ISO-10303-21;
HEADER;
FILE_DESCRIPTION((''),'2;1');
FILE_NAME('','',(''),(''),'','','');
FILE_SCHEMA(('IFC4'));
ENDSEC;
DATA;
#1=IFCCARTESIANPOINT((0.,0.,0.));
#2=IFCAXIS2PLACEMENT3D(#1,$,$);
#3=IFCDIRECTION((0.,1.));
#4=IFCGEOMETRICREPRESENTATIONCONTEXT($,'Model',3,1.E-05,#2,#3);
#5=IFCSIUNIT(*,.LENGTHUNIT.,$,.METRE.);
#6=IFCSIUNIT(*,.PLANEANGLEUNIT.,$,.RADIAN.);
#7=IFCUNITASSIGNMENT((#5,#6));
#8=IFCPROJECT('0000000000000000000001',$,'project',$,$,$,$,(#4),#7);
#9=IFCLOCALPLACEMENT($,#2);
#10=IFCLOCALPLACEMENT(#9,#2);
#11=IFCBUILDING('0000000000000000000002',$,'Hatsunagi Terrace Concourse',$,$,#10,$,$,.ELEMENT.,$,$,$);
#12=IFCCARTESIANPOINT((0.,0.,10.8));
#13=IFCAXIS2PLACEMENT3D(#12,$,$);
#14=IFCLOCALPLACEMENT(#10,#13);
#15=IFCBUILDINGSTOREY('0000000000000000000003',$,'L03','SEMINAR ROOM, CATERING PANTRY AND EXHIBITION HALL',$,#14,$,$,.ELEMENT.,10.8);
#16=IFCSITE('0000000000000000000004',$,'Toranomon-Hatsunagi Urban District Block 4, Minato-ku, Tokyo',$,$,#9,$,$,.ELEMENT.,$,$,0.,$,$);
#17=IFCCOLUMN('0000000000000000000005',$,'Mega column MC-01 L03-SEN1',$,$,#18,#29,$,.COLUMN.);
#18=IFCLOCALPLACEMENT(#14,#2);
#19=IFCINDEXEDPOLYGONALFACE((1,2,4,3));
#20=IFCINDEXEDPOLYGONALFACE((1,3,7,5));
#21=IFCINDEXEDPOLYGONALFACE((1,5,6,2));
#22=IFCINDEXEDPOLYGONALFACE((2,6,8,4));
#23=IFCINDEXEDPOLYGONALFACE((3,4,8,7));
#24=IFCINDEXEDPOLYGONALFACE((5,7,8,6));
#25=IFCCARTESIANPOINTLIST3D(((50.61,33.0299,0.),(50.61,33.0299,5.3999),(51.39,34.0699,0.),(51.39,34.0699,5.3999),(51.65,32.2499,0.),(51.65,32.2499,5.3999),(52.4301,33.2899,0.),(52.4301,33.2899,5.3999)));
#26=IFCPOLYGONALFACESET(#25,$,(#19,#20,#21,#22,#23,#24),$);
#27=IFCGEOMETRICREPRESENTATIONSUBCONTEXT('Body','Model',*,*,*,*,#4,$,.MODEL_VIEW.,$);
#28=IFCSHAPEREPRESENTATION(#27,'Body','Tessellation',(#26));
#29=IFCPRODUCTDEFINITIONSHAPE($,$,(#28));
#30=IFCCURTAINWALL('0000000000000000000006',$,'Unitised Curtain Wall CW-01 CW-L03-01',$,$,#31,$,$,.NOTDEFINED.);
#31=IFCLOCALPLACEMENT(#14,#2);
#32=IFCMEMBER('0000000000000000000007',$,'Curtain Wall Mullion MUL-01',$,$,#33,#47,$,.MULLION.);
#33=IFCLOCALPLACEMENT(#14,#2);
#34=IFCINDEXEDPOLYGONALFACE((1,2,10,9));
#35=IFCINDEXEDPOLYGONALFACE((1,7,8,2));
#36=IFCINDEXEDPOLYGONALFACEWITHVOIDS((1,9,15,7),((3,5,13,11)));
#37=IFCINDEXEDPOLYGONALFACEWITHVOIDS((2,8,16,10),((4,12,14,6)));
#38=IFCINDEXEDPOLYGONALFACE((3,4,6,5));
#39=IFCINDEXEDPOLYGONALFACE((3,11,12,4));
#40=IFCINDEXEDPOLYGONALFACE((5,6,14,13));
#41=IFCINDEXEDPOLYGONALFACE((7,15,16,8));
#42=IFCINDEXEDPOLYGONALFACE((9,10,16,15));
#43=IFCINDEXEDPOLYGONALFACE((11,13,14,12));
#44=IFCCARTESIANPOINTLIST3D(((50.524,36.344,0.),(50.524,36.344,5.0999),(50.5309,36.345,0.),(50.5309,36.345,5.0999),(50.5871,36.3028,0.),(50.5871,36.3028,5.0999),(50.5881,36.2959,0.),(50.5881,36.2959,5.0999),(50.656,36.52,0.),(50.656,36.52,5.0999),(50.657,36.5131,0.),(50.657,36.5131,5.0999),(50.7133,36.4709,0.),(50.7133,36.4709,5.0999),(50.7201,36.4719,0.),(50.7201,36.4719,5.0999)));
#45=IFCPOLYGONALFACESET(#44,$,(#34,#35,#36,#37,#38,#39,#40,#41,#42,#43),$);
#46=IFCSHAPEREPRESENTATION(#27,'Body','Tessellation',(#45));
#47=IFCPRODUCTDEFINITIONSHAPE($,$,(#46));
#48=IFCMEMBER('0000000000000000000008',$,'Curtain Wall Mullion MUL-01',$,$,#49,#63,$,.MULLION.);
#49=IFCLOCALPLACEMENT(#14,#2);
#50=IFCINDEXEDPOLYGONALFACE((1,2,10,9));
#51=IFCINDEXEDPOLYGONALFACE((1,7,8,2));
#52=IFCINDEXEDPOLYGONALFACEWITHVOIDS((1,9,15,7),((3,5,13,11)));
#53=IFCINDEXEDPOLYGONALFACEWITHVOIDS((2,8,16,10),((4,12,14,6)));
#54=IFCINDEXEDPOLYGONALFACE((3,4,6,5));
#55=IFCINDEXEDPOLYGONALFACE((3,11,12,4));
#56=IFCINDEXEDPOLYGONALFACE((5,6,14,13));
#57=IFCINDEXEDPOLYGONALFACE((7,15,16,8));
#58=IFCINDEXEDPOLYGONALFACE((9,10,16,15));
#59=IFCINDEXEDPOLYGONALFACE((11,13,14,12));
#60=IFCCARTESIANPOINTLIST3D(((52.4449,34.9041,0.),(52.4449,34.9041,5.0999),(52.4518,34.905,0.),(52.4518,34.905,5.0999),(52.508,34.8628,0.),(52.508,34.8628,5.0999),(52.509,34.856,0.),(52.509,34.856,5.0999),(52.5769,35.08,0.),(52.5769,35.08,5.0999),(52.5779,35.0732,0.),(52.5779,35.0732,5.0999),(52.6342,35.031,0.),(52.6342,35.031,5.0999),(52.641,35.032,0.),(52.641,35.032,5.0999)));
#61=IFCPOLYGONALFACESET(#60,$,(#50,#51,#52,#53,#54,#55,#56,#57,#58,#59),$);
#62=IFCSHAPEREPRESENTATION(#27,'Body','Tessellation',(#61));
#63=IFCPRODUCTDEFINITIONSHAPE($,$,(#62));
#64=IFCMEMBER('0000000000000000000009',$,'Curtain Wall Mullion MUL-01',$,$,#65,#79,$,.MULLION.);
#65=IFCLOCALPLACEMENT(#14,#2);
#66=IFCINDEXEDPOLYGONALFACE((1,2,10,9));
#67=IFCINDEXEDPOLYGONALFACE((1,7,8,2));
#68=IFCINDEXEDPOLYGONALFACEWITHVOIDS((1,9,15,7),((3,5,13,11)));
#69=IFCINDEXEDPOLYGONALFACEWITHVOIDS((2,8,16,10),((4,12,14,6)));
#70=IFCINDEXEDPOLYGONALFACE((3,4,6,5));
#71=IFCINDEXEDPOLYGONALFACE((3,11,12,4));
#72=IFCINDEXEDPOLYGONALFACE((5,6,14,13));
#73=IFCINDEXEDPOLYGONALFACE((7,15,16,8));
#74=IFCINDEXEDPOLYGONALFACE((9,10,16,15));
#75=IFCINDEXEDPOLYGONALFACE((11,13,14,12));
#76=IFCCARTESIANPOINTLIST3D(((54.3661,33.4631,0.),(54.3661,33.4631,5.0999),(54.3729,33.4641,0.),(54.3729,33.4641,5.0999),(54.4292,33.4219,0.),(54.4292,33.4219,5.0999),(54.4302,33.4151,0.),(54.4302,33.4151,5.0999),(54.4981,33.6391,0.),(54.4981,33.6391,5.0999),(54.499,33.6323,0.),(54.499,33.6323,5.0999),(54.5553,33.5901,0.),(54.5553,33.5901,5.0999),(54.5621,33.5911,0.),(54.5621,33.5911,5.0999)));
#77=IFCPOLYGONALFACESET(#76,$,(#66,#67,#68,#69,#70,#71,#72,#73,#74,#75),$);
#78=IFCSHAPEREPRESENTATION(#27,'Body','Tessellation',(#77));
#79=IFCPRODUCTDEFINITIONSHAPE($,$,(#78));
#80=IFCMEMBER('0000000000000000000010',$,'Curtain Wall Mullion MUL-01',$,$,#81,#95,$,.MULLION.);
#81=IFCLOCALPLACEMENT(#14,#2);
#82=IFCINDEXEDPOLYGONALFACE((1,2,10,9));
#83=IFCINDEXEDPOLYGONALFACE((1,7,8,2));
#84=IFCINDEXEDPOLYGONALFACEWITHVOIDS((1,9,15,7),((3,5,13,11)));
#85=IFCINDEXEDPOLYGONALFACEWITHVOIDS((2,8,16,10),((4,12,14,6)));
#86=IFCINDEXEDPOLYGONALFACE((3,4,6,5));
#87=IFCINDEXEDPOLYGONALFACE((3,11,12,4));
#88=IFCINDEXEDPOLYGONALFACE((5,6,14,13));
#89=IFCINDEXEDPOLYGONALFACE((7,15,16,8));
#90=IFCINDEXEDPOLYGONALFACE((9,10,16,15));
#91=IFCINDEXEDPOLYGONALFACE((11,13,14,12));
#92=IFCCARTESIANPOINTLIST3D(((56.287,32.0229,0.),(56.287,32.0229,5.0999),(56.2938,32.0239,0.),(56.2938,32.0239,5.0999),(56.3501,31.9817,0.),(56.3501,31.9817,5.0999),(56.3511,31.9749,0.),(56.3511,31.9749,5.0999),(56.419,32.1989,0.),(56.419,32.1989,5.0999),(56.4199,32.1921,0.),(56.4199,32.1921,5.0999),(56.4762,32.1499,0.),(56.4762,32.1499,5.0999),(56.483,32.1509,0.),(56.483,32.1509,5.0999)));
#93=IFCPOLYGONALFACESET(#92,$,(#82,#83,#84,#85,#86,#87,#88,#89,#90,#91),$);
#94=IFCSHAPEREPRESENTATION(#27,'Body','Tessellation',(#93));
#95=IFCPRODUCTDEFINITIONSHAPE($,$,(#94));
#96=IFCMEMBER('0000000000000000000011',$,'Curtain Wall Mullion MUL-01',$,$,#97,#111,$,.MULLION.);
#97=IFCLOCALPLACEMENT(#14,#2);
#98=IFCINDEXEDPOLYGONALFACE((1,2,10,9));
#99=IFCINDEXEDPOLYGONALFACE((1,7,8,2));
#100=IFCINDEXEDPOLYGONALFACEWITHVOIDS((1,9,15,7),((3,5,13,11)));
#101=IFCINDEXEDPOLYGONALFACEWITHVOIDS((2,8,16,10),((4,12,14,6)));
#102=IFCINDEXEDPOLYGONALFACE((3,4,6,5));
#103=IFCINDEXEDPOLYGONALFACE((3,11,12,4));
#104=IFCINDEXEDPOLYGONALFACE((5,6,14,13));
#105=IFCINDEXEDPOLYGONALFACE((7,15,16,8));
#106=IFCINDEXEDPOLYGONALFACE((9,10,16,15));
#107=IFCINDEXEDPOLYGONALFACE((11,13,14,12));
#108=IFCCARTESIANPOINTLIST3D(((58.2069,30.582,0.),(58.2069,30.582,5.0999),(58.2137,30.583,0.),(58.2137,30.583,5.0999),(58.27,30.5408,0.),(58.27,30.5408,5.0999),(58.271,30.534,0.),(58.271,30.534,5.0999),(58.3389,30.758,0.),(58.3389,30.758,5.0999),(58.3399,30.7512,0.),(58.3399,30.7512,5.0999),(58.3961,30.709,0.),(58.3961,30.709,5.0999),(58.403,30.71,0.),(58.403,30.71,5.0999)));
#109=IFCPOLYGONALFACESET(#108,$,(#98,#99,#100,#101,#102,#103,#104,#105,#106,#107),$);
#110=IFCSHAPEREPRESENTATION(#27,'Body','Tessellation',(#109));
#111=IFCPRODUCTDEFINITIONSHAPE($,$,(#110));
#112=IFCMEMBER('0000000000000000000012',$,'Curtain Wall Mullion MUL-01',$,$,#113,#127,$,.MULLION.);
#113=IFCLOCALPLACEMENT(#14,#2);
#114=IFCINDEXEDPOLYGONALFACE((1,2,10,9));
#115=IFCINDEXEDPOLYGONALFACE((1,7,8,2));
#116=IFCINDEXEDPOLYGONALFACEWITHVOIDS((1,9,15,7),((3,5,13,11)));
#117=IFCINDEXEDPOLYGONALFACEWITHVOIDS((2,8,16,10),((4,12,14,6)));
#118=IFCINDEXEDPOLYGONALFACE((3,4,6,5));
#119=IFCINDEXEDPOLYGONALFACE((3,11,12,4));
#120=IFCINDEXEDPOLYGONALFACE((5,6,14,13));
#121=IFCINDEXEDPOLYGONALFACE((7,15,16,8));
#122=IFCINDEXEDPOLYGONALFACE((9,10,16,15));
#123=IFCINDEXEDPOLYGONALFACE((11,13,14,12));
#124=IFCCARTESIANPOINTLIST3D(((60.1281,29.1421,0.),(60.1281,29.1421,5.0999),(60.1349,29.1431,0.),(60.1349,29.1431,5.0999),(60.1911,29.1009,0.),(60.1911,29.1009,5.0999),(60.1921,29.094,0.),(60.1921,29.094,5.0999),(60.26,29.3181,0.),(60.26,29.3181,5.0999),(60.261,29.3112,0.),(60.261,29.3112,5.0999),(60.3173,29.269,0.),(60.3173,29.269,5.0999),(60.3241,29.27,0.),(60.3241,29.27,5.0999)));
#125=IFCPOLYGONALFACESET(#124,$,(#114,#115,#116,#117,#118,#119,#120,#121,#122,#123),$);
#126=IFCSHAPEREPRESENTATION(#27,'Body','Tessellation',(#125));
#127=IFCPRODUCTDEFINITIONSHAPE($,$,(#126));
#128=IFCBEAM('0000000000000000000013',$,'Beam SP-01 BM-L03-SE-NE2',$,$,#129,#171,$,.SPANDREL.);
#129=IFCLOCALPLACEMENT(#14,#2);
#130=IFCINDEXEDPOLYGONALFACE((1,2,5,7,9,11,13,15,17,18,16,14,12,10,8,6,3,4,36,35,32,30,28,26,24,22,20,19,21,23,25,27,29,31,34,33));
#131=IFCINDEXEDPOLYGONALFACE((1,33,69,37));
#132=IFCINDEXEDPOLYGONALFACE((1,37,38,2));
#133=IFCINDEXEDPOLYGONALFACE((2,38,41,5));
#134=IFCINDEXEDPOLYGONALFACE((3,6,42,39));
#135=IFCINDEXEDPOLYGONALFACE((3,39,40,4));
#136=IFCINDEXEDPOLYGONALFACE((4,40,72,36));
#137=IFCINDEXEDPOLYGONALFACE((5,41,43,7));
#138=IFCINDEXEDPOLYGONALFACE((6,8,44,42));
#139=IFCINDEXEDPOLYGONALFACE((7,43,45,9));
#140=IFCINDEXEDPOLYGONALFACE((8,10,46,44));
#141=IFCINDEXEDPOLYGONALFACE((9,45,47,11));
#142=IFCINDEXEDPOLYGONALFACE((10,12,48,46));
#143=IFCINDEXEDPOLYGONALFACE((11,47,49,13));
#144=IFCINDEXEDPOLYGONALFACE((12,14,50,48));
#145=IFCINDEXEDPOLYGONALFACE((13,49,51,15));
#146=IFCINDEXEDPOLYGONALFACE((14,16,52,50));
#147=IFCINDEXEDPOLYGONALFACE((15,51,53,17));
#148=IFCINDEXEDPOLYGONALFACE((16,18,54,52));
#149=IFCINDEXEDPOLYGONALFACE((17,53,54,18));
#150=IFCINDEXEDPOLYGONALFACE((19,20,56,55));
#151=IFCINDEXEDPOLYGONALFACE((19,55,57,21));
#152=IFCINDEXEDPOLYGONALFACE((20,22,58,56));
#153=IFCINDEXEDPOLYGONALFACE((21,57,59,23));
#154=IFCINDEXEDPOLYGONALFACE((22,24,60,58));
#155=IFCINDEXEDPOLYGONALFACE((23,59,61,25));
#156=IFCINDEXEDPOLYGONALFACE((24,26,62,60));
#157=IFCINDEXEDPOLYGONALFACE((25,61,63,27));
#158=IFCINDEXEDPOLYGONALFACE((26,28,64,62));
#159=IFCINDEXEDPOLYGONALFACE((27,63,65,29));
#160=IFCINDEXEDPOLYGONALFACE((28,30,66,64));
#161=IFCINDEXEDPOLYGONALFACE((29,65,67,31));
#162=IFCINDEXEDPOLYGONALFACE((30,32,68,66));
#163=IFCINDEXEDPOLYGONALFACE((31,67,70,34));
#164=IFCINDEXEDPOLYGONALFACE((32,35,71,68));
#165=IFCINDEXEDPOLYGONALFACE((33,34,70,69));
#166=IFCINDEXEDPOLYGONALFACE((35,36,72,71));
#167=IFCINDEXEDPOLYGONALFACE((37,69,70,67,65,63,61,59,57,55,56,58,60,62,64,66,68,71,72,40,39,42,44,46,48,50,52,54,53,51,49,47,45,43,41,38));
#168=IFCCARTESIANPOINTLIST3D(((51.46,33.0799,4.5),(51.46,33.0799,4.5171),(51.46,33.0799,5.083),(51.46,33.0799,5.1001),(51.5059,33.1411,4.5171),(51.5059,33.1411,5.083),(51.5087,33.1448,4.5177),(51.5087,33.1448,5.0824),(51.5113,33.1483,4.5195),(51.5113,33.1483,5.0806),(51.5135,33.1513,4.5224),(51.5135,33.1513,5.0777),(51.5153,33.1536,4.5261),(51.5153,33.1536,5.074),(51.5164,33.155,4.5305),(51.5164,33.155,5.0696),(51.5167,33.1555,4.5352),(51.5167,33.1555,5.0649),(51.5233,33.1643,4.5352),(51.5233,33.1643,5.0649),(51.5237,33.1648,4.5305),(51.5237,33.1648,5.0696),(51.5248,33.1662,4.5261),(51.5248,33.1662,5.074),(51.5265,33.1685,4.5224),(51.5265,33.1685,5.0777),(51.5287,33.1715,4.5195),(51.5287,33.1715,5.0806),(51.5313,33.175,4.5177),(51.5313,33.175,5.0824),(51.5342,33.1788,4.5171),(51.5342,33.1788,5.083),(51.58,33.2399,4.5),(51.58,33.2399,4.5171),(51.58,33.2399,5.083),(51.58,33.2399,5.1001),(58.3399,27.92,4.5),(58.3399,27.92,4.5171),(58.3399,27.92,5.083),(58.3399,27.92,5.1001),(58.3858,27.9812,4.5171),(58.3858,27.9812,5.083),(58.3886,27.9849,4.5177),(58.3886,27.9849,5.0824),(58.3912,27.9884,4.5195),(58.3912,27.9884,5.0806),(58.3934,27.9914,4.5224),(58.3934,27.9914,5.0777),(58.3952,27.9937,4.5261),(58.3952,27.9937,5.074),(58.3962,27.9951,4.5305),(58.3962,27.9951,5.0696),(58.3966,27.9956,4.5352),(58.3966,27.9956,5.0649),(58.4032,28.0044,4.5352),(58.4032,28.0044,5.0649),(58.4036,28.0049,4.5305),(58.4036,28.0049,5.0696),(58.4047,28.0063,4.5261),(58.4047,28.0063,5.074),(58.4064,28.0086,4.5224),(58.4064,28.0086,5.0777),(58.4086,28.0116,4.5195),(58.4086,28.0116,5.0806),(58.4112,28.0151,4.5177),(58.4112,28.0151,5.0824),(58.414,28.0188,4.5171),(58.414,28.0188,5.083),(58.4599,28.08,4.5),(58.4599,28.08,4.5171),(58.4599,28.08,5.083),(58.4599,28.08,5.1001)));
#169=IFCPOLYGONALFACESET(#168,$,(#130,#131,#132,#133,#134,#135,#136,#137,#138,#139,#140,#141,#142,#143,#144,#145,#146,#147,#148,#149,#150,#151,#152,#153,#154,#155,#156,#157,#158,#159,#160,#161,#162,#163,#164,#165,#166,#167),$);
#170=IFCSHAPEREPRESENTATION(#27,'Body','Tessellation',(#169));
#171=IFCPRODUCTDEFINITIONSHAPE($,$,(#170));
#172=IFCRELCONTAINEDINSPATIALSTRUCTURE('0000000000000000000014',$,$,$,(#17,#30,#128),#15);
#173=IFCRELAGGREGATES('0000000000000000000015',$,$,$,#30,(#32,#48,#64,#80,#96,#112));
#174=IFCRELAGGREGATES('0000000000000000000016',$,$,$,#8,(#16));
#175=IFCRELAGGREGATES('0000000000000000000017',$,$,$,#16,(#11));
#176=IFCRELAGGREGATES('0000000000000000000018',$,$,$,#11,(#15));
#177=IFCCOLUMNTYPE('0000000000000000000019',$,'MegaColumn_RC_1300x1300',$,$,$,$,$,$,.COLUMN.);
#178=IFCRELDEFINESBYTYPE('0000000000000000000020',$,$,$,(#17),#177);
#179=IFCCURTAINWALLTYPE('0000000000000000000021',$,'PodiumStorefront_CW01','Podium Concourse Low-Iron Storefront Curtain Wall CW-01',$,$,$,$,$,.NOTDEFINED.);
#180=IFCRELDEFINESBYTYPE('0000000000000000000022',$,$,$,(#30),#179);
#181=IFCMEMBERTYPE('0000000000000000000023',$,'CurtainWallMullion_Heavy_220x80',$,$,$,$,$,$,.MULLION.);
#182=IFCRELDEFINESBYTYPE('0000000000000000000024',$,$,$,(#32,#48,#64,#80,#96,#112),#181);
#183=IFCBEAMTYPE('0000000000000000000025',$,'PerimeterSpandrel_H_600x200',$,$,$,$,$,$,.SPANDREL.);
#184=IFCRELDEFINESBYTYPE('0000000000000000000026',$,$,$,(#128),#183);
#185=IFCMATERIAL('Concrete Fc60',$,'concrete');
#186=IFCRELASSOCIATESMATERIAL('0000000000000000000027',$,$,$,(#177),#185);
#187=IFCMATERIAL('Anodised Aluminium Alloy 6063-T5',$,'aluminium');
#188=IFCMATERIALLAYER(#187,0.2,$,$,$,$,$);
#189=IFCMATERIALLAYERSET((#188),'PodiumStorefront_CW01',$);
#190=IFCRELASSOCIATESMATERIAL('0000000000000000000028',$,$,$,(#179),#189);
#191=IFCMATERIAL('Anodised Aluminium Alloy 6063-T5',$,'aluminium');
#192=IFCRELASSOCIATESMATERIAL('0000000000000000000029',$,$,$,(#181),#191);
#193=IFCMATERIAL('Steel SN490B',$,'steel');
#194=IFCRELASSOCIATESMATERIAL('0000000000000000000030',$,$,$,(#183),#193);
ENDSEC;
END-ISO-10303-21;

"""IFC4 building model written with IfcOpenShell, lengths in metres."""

from ifc_helpers import new_model, si_unit, direction, frame, origin, origin_2d, place, context, subcontext, project, spatial, rectangle, hollow_rectangle, i_section, extrude, material, layer, layer_set, material_profile, profile_set, type_object, element, aggregate, save


model = new_model("IFC4")

# Units and contexts
model_context = context("Model", 3, precision=1e-05, world=origin(), true_north=direction((0.0, 1.0)))
body_context = subcontext(model_context, "Body", "Model", "MODEL_VIEW")
ifc_project = project(units=[si_unit("LENGTHUNIT", "METRE"), si_unit("PLANEANGLEUNIT", "RADIAN")], contexts=[model_context])

# Site, building, storey
site_placement = place(None, origin())
site = spatial("IfcSite", under=ifc_project, at=site_placement, Name="Toranomon-Hatsunagi Urban District Block 4, Minato-ku, Tokyo", CompositionType="ELEMENT", RefElevation=0.0)
building_placement = place(site_placement, origin())
building = spatial("IfcBuilding", under=site, at=building_placement, Name="Hatsunagi Terrace Concourse", CompositionType="ELEMENT")
storey_placement = place(building_placement, frame((0.0, 0.0, 10.8)))
storey = spatial("IfcBuildingStorey", under=building, at=storey_placement, Name="L03", Description="SEMINAR ROOM, CATERING PANTRY AND EXHIBITION HALL", CompositionType="ELEMENT", Elevation=10.8)

# Column
ifc_material_1 = material(Name="Concrete Fc60", Category="concrete")
ifc_material_profile_1 = material_profile(ifc_material_1, rectangle(XDim=1.3, YDim=1.3, at=origin_2d()), Name="RC-1300x1300")
ifc_profile_set_1 = profile_set([ifc_material_profile_1], Name="Concrete Fc60")
column_type = type_object("IfcColumnType", Name="MegaColumn_RC_1300x1300", PredefinedType="COLUMN", material=ifc_profile_set_1)
column_placement = place(storey_placement, frame((51.52, 33.1599, 0.0), z_axis=(0.0, 0.0, 1.0), x_axis=(0.8, -0.6, 0.0)))
element("IfcColumn", 1, at=column_placement, inside=storey, type_object=column_type, Name="Mega column MC-01 L03-SEN1", PredefinedType="COLUMN", context=body_context, shape_type="SweptSolid", body=[
    extrude(rectangle(XDim=1.3, YDim=1.3, at=origin_2d()), origin(), (0.0, 0.0, 1.0), 5.3999),
])

# Curtain wall, members
ifc_material_2 = material(Name="Anodised Aluminium Alloy 6063-T5", Category="aluminium")
ifc_layer_1 = layer(ifc_material_2, 0.2)
ifc_layer_set_1 = layer_set([ifc_layer_1], Name="PodiumStorefront_CW01")
curtain_wall_type = type_object("IfcCurtainWallType", Name="PodiumStorefront_CW01", Description="Podium Concourse Low-Iron Storefront Curtain Wall CW-01", PredefinedType="NOTDEFINED", material=ifc_layer_set_1)
curtain_wall_placement = place(storey_placement, origin())
curtain_wall = element("IfcCurtainWall", 2, at=curtain_wall_placement, inside=storey, type_object=curtain_wall_type, Name="Unitised Curtain Wall CW-01 CW-L03-01", PredefinedType="NOTDEFINED")
ifc_material_3 = material(Name="Anodised Aluminium Alloy 6063-T5", Category="aluminium")
ifc_material_profile_2 = material_profile(ifc_material_3, hollow_rectangle(XDim=0.0801, YDim=0.22, WallThickness=0.0049, at=origin_2d()), Name="ALU-MUL-220x80x5")
ifc_profile_set_2 = profile_set([ifc_material_profile_2], Name="Anodised Aluminium Alloy 6063-T5")
member_type = type_object("IfcMemberType", Name="CurtainWallMullion_Heavy_220x80", PredefinedType="MULLION", material=ifc_profile_set_2)
member_1_placement = place(storey_placement, frame((50.6221, 36.408, 0.0), z_axis=(0.0, 0.0, 1.0), x_axis=(0.800007, -0.59999, 0.0)))
member_1 = element("IfcMember", 3, at=member_1_placement, type_object=member_type, Name="Curtain Wall Mullion MUL-01", PredefinedType="MULLION", context=body_context, shape_type="SweptSolid", body=[
    extrude(hollow_rectangle(XDim=0.0801, YDim=0.22, WallThickness=0.0049, at=origin_2d()), origin(), (0.0, 0.0, 1.0), 5.0999),
])
member_2_placement = place(storey_placement, frame((52.543, 34.968, 0.0), z_axis=(0.0, 0.0, 1.0), x_axis=(0.800007, -0.59999, 0.0)))
member_2 = element("IfcMember", 4, at=member_2_placement, type_object=member_type, Name="Curtain Wall Mullion MUL-01", PredefinedType="MULLION", context=body_context, shape_type="SweptSolid", body=[
    extrude(hollow_rectangle(XDim=0.0801, YDim=0.22, WallThickness=0.0049, at=origin_2d()), origin(), (0.0, 0.0, 1.0), 5.0999),
])
member_3_placement = place(storey_placement, frame((54.4641, 33.5271, 0.0), z_axis=(0.0, 0.0, 1.0), x_axis=(0.800007, -0.59999, 0.0)))
member_3 = element("IfcMember", 5, at=member_3_placement, type_object=member_type, Name="Curtain Wall Mullion MUL-01", PredefinedType="MULLION", context=body_context, shape_type="SweptSolid", body=[
    extrude(hollow_rectangle(XDim=0.0801, YDim=0.22, WallThickness=0.0049, at=origin_2d()), origin(), (0.0, 0.0, 1.0), 5.0999),
])
member_4_placement = place(storey_placement, frame((56.385, 32.0869, 0.0), z_axis=(0.0, 0.0, 1.0), x_axis=(0.800007, -0.59999, 0.0)))
member_4 = element("IfcMember", 6, at=member_4_placement, type_object=member_type, Name="Curtain Wall Mullion MUL-01", PredefinedType="MULLION", context=body_context, shape_type="SweptSolid", body=[
    extrude(hollow_rectangle(XDim=0.0801, YDim=0.22, WallThickness=0.0049, at=origin_2d()), origin(), (0.0, 0.0, 1.0), 5.0999),
])
member_5_placement = place(storey_placement, frame((58.3049, 30.646, 0.0), z_axis=(0.0, 0.0, 1.0), x_axis=(0.800007, -0.59999, 0.0)))
member_5 = element("IfcMember", 7, at=member_5_placement, type_object=member_type, Name="Curtain Wall Mullion MUL-01", PredefinedType="MULLION", context=body_context, shape_type="SweptSolid", body=[
    extrude(hollow_rectangle(XDim=0.0801, YDim=0.22, WallThickness=0.0049, at=origin_2d()), origin(), (0.0, 0.0, 1.0), 5.0999),
])
member_6_placement = place(storey_placement, frame((60.2261, 29.2061, 0.0), z_axis=(0.0, 0.0, 1.0), x_axis=(0.800007, -0.59999, 0.0)))
member_6 = element("IfcMember", 8, at=member_6_placement, type_object=member_type, Name="Curtain Wall Mullion MUL-01", PredefinedType="MULLION", context=body_context, shape_type="SweptSolid", body=[
    extrude(hollow_rectangle(XDim=0.0801, YDim=0.22, WallThickness=0.0049, at=origin_2d()), origin(), (0.0, 0.0, 1.0), 5.0999),
])

# Beam
ifc_material_4 = material(Name="Steel SN490B", Category="steel")
ifc_material_profile_3 = material_profile(ifc_material_4, i_section(OverallWidth=0.2, OverallDepth=0.6001, WebThickness=0.011, FlangeThickness=0.0171, FilletRadius=0.0181, at=origin_2d()), Name="H-600x200x11x17")
ifc_profile_set_3 = profile_set([ifc_material_profile_3], Name="Steel SN490B")
beam_type = type_object("IfcBeamType", Name="PerimeterSpandrel_H_600x200", PredefinedType="SPANDREL", material=ifc_profile_set_3)
beam_1_placement = place(storey_placement, frame((51.52, 33.1599, 4.8), z_axis=(0.8, -0.6, 0.0), x_axis=(0.6, 0.8, 0.0)))
element("IfcBeam", 9, at=beam_1_placement, inside=storey, type_object=beam_type, Name="Beam SP-01 BM-L03-SE-NE2", PredefinedType="SPANDREL", context=body_context, shape_type="SweptSolid", body=[
    extrude(i_section(OverallWidth=0.2, OverallDepth=0.6001, WebThickness=0.011, FlangeThickness=0.0171, FilletRadius=0.0181, at=origin_2d()), origin(), (0.0, 0.0, 1.0), 8.5999),
])

aggregate(curtain_wall, [member_1, member_2, member_3, member_4, member_5, member_6])

save(model, "model.ifc")
